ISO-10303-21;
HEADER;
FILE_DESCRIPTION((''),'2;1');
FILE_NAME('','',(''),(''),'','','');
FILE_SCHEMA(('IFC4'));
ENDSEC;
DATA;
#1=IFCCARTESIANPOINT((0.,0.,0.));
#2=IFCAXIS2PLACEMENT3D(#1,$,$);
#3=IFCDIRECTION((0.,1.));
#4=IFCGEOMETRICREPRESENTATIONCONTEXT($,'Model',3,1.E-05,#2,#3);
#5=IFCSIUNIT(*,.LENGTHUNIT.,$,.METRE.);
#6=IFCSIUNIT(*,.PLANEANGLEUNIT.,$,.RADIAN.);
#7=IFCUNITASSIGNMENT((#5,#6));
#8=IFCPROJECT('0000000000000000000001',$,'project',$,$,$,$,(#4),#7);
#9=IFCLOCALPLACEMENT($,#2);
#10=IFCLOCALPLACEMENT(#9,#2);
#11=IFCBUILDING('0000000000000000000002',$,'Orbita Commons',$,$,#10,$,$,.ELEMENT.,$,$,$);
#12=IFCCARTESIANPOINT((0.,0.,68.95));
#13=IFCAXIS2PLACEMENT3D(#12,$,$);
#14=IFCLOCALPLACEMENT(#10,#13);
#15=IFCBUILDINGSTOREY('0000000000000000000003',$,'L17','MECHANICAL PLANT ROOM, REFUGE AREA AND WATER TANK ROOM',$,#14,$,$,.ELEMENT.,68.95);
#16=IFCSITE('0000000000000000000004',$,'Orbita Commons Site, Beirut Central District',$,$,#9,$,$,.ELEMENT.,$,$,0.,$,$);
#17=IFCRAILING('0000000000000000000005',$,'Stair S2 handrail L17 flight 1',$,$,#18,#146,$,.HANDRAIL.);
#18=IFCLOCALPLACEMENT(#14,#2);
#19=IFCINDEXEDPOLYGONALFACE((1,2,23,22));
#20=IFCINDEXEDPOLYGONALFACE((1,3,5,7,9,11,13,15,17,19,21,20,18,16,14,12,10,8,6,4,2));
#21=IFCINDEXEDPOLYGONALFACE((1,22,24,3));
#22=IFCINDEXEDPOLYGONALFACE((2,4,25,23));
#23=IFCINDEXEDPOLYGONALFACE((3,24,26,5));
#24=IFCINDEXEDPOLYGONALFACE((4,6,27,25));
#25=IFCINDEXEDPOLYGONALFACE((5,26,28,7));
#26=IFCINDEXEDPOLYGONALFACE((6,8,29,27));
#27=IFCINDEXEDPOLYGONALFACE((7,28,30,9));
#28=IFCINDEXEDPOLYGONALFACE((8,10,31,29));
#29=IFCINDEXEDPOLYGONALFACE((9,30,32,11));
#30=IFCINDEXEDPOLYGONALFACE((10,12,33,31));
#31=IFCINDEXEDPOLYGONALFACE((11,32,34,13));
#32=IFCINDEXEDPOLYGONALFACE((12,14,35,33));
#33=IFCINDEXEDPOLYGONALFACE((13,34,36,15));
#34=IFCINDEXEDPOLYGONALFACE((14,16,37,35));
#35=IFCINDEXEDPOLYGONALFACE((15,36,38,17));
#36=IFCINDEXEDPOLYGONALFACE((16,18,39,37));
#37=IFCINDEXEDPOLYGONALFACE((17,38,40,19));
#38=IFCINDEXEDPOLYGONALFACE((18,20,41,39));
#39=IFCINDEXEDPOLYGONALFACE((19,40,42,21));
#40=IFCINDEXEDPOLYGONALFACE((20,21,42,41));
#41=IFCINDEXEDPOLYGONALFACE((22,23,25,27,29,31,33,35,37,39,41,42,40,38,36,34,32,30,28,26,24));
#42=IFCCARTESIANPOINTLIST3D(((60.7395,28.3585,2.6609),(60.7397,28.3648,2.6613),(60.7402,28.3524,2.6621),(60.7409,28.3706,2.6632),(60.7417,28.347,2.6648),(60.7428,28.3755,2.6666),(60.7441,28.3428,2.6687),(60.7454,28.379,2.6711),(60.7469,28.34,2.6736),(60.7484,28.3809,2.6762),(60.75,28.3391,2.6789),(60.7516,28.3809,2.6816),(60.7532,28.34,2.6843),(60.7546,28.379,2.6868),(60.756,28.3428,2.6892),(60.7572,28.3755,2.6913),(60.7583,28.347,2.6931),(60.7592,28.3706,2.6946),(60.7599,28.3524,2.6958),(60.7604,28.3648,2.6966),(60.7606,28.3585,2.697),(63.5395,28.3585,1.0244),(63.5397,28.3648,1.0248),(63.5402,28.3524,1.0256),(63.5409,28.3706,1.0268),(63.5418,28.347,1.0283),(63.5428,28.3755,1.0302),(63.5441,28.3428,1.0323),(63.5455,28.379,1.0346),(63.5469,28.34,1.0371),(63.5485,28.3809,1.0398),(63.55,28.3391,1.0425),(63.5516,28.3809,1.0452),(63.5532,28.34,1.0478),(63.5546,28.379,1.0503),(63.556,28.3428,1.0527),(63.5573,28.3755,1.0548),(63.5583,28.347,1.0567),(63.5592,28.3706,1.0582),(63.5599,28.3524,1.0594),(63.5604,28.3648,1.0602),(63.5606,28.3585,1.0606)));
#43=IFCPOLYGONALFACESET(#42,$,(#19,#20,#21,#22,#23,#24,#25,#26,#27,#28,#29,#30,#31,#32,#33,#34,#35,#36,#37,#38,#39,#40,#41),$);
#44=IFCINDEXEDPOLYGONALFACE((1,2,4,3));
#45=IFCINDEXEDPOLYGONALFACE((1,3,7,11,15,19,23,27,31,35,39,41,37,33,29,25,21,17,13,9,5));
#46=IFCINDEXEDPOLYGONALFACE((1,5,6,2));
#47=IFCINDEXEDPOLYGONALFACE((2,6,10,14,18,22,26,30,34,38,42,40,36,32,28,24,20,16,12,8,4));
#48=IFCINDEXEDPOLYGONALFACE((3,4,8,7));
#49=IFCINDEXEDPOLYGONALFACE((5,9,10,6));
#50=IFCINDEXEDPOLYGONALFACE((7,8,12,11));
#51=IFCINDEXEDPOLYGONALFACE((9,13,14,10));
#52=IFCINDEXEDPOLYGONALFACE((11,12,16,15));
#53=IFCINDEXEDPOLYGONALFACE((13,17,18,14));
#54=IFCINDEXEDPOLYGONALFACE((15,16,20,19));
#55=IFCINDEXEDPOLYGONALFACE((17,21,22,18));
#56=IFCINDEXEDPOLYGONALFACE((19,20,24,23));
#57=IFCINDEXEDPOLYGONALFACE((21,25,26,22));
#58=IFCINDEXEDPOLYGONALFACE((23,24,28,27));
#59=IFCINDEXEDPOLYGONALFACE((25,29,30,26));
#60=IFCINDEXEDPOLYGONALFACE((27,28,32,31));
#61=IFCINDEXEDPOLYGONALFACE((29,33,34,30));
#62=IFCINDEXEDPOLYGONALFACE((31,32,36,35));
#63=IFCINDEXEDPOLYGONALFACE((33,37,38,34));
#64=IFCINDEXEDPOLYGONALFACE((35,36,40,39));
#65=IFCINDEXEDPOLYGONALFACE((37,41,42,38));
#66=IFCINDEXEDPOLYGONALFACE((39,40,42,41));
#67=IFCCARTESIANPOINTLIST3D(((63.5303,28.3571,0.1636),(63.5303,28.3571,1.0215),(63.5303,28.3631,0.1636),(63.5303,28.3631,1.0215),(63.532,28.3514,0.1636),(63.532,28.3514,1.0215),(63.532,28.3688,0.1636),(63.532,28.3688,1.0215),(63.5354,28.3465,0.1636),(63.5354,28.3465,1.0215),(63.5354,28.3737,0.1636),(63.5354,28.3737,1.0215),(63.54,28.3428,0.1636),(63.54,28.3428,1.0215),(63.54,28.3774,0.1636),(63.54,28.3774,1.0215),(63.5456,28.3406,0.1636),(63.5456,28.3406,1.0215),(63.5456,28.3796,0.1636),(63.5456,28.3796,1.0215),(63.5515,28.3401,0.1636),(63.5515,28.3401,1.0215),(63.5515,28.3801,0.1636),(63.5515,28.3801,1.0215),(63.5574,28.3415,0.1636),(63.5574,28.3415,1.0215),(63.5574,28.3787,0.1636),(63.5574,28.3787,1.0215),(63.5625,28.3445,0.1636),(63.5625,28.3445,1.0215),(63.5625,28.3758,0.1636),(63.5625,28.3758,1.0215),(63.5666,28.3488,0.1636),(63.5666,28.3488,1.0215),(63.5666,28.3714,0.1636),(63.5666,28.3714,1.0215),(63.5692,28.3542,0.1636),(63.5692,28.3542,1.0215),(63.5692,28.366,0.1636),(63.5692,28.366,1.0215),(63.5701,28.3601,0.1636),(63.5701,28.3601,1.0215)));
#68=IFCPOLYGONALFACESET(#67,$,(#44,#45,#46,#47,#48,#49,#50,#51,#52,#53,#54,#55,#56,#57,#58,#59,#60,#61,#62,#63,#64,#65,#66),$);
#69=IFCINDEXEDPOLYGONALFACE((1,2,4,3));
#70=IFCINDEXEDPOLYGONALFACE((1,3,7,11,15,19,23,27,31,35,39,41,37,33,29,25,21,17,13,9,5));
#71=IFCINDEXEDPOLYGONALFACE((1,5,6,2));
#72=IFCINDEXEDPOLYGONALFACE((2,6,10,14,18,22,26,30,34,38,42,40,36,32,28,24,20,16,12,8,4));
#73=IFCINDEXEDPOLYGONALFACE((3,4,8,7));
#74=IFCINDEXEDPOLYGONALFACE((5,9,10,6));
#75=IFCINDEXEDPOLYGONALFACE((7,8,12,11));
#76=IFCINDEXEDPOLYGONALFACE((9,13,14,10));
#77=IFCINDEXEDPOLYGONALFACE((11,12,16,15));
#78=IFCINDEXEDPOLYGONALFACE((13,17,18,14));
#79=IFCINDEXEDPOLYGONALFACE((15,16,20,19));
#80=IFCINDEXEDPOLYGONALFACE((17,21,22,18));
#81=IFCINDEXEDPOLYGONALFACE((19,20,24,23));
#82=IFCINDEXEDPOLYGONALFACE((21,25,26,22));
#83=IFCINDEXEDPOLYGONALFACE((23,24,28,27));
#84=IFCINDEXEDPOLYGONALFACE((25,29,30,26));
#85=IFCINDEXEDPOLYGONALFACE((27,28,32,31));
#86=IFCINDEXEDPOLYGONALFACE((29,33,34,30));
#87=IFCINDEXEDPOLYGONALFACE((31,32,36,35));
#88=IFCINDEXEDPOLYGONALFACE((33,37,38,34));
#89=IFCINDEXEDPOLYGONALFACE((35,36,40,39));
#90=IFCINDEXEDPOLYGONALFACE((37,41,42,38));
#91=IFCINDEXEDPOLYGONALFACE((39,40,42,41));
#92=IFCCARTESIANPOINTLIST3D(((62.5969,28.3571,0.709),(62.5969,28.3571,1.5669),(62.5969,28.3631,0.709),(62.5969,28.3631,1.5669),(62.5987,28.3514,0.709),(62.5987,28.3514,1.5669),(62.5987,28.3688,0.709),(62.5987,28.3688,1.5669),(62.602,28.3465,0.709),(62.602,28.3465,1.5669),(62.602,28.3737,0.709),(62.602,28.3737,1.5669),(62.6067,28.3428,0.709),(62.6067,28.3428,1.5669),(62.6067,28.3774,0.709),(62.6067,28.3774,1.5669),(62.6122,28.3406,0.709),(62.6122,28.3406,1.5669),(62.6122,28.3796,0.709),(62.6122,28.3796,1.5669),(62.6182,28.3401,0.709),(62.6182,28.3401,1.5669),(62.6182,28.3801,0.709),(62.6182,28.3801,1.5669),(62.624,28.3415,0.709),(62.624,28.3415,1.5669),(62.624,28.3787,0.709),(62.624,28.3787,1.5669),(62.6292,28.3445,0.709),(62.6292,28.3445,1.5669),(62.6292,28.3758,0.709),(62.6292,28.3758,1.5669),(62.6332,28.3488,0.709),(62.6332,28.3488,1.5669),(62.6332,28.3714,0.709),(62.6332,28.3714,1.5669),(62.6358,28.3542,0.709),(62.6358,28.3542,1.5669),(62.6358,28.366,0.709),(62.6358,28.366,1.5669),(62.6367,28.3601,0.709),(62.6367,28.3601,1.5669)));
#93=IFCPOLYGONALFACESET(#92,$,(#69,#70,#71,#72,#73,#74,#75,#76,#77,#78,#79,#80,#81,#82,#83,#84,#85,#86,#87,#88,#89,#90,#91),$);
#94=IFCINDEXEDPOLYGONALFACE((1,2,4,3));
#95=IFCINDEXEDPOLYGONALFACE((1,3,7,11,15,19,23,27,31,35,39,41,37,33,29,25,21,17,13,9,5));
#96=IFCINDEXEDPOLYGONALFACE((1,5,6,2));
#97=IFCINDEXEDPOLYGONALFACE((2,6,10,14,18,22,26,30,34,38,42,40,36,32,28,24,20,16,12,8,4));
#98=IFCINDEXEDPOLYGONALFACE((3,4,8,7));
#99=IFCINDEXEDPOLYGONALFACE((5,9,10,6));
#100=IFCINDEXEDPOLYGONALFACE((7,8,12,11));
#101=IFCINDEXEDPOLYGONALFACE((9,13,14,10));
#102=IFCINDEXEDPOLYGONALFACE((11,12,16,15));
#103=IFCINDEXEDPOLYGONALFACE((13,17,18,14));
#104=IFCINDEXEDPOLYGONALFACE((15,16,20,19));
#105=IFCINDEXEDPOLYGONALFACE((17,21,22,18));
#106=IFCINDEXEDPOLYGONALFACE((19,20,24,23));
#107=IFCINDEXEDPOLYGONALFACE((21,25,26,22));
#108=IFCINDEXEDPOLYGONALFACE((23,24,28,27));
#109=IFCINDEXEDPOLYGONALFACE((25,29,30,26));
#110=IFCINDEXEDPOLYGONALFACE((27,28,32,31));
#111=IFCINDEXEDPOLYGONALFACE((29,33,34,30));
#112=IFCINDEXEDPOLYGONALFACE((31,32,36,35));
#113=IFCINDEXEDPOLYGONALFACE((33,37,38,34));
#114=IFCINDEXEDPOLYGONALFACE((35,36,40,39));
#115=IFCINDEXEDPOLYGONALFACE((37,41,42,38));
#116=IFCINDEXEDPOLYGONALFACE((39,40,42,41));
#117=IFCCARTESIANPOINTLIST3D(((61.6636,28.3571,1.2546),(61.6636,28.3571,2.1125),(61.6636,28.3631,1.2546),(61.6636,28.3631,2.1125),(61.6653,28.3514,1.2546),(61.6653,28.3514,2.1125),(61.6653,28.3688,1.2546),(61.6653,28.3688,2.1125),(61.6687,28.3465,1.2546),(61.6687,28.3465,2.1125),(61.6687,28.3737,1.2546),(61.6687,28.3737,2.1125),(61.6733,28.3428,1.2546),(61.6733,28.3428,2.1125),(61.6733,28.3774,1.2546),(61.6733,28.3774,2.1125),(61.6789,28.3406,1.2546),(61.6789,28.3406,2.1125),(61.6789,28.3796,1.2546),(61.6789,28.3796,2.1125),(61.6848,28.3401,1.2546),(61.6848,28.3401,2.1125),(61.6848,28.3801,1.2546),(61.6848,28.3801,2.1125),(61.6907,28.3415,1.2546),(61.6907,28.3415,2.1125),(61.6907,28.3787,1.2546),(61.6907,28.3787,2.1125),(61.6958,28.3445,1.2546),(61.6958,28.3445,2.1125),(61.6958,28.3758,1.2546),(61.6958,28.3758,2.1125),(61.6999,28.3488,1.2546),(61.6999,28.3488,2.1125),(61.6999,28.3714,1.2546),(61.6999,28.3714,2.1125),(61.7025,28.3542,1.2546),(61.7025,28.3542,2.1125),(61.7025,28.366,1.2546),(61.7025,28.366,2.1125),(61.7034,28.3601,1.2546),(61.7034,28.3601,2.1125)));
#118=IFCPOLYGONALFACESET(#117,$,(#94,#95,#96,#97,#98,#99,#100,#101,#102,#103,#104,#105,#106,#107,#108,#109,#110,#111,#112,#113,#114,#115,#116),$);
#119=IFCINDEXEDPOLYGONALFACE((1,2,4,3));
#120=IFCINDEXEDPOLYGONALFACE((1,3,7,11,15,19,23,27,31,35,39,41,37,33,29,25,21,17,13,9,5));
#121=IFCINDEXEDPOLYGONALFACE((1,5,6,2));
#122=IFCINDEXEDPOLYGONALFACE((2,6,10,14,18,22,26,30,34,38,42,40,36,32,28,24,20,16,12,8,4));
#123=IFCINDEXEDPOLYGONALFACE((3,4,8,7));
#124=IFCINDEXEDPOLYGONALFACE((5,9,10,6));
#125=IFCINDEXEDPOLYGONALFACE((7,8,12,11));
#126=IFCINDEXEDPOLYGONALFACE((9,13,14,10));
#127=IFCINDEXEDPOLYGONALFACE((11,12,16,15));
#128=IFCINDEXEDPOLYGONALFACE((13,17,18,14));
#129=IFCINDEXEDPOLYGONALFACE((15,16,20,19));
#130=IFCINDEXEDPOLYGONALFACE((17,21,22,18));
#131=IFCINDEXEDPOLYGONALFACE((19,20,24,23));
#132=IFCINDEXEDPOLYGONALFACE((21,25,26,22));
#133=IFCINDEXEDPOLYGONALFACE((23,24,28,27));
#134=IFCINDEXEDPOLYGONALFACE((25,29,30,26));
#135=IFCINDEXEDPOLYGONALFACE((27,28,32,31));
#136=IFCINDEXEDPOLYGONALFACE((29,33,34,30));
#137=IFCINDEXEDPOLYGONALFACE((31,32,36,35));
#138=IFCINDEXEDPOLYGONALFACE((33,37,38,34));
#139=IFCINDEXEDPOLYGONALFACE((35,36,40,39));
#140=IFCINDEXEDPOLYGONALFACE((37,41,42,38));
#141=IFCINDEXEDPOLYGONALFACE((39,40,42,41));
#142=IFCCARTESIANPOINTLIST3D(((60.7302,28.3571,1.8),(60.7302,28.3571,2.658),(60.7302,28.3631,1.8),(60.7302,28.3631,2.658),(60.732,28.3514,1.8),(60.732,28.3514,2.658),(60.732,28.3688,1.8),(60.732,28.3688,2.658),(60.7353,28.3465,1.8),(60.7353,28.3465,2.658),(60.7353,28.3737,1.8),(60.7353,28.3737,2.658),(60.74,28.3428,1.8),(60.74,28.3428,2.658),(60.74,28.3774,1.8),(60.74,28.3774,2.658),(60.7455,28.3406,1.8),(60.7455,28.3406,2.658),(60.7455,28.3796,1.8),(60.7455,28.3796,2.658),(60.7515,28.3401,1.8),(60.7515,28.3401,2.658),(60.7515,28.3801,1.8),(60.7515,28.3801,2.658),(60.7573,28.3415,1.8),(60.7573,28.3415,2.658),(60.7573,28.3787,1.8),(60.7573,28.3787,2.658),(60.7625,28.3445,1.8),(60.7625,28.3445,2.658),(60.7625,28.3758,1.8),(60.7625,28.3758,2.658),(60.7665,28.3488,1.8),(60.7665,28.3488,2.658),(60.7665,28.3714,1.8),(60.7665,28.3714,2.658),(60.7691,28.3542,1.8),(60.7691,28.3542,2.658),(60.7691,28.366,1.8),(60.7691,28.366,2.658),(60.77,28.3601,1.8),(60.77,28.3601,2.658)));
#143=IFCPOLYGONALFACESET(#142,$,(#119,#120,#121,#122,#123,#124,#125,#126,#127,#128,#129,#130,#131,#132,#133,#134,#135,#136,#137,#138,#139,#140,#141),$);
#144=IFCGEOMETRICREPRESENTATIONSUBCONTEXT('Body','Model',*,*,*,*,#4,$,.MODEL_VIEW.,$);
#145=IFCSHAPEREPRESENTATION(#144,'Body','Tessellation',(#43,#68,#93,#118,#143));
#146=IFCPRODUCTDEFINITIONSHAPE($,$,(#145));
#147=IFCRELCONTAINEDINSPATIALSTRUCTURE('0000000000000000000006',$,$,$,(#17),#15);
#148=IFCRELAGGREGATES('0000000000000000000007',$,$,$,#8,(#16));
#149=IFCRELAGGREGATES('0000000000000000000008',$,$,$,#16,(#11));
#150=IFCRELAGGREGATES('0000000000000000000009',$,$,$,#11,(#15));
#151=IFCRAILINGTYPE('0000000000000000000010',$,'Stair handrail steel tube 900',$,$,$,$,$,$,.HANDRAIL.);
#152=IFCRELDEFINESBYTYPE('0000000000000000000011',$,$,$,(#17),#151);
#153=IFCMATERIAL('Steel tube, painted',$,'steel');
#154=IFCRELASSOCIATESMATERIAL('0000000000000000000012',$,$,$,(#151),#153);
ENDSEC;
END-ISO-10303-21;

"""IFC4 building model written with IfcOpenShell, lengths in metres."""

from ifc_helpers import new_model, si_unit, direction, frame, origin, origin_2d, place, context, subcontext, project, spatial, circle, extrude, material, type_object, element, save


model = new_model("IFC4")

# Units and contexts
model_context = context("Model", 3, precision=1e-05, world=origin(), true_north=direction((0.0, 1.0)))
body_context = subcontext(model_context, "Body", "Model", "MODEL_VIEW")
ifc_project = project(units=[si_unit("LENGTHUNIT", "METRE"), si_unit("PLANEANGLEUNIT", "RADIAN")], contexts=[model_context])

# Site, building, storey
site_placement = place(None, origin())
site = spatial("IfcSite", under=ifc_project, at=site_placement, Name="Orbita Commons Site, Beirut Central District", CompositionType="ELEMENT", RefElevation=0.0)
building_placement = place(site_placement, origin())
building = spatial("IfcBuilding", under=site, at=building_placement, Name="Orbita Commons", CompositionType="ELEMENT")
storey_placement = place(building_placement, frame((0.0, 0.0, 68.95)))
storey = spatial("IfcBuildingStorey", under=building, at=storey_placement, Name="L17", Description="MECHANICAL PLANT ROOM, REFUGE AREA AND WATER TANK ROOM", CompositionType="ELEMENT", Elevation=68.95)

# Railing
ifc_material_1 = material(Name="Steel tube, painted", Category="steel")
railing_type = type_object("IfcRailingType", Name="Stair handrail steel tube 900", PredefinedType="HANDRAIL", material=ifc_material_1)
for number, where, name in (
    (1, (63.55, 28.3601, 0.1636), "Stair S2 handrail L17 flight 1"),
):
    element("IfcRailing", number, at=place(storey_placement, frame(where)), inside=storey, type_object=railing_type, Name=name, PredefinedType="HANDRAIL", context=body_context, shape_type="SweptSolid", body=[
        extrude(circle(Radius=0.021, at=origin_2d()), frame((0.0, 0.0, 0.8789), z_axis=(-0.863361, 0.0, 0.504587), x_axis=(0.0, -1.0, 0.0)), (0.0, 0.0, 1.0), 3.2432),
        extrude(circle(Radius=0.02, at=origin_2d()), origin(), (0.0, 0.0, 1.0), 0.8579),
        extrude(circle(Radius=0.02, at=origin_2d()), frame((-0.9333, 0.0, 0.5454)), (0.0, 0.0, 1.0), 0.8579),
        extrude(circle(Radius=0.02, at=origin_2d()), frame((-1.8667, 0.0, 1.0911)), (0.0, 0.0, 1.0), 0.8579),
        extrude(circle(Radius=0.02, at=origin_2d()), frame((-2.8, 0.0, 1.6365)), (0.0, 0.0, 1.0), 0.8579),
    ])

save(model, "model.ifc")
